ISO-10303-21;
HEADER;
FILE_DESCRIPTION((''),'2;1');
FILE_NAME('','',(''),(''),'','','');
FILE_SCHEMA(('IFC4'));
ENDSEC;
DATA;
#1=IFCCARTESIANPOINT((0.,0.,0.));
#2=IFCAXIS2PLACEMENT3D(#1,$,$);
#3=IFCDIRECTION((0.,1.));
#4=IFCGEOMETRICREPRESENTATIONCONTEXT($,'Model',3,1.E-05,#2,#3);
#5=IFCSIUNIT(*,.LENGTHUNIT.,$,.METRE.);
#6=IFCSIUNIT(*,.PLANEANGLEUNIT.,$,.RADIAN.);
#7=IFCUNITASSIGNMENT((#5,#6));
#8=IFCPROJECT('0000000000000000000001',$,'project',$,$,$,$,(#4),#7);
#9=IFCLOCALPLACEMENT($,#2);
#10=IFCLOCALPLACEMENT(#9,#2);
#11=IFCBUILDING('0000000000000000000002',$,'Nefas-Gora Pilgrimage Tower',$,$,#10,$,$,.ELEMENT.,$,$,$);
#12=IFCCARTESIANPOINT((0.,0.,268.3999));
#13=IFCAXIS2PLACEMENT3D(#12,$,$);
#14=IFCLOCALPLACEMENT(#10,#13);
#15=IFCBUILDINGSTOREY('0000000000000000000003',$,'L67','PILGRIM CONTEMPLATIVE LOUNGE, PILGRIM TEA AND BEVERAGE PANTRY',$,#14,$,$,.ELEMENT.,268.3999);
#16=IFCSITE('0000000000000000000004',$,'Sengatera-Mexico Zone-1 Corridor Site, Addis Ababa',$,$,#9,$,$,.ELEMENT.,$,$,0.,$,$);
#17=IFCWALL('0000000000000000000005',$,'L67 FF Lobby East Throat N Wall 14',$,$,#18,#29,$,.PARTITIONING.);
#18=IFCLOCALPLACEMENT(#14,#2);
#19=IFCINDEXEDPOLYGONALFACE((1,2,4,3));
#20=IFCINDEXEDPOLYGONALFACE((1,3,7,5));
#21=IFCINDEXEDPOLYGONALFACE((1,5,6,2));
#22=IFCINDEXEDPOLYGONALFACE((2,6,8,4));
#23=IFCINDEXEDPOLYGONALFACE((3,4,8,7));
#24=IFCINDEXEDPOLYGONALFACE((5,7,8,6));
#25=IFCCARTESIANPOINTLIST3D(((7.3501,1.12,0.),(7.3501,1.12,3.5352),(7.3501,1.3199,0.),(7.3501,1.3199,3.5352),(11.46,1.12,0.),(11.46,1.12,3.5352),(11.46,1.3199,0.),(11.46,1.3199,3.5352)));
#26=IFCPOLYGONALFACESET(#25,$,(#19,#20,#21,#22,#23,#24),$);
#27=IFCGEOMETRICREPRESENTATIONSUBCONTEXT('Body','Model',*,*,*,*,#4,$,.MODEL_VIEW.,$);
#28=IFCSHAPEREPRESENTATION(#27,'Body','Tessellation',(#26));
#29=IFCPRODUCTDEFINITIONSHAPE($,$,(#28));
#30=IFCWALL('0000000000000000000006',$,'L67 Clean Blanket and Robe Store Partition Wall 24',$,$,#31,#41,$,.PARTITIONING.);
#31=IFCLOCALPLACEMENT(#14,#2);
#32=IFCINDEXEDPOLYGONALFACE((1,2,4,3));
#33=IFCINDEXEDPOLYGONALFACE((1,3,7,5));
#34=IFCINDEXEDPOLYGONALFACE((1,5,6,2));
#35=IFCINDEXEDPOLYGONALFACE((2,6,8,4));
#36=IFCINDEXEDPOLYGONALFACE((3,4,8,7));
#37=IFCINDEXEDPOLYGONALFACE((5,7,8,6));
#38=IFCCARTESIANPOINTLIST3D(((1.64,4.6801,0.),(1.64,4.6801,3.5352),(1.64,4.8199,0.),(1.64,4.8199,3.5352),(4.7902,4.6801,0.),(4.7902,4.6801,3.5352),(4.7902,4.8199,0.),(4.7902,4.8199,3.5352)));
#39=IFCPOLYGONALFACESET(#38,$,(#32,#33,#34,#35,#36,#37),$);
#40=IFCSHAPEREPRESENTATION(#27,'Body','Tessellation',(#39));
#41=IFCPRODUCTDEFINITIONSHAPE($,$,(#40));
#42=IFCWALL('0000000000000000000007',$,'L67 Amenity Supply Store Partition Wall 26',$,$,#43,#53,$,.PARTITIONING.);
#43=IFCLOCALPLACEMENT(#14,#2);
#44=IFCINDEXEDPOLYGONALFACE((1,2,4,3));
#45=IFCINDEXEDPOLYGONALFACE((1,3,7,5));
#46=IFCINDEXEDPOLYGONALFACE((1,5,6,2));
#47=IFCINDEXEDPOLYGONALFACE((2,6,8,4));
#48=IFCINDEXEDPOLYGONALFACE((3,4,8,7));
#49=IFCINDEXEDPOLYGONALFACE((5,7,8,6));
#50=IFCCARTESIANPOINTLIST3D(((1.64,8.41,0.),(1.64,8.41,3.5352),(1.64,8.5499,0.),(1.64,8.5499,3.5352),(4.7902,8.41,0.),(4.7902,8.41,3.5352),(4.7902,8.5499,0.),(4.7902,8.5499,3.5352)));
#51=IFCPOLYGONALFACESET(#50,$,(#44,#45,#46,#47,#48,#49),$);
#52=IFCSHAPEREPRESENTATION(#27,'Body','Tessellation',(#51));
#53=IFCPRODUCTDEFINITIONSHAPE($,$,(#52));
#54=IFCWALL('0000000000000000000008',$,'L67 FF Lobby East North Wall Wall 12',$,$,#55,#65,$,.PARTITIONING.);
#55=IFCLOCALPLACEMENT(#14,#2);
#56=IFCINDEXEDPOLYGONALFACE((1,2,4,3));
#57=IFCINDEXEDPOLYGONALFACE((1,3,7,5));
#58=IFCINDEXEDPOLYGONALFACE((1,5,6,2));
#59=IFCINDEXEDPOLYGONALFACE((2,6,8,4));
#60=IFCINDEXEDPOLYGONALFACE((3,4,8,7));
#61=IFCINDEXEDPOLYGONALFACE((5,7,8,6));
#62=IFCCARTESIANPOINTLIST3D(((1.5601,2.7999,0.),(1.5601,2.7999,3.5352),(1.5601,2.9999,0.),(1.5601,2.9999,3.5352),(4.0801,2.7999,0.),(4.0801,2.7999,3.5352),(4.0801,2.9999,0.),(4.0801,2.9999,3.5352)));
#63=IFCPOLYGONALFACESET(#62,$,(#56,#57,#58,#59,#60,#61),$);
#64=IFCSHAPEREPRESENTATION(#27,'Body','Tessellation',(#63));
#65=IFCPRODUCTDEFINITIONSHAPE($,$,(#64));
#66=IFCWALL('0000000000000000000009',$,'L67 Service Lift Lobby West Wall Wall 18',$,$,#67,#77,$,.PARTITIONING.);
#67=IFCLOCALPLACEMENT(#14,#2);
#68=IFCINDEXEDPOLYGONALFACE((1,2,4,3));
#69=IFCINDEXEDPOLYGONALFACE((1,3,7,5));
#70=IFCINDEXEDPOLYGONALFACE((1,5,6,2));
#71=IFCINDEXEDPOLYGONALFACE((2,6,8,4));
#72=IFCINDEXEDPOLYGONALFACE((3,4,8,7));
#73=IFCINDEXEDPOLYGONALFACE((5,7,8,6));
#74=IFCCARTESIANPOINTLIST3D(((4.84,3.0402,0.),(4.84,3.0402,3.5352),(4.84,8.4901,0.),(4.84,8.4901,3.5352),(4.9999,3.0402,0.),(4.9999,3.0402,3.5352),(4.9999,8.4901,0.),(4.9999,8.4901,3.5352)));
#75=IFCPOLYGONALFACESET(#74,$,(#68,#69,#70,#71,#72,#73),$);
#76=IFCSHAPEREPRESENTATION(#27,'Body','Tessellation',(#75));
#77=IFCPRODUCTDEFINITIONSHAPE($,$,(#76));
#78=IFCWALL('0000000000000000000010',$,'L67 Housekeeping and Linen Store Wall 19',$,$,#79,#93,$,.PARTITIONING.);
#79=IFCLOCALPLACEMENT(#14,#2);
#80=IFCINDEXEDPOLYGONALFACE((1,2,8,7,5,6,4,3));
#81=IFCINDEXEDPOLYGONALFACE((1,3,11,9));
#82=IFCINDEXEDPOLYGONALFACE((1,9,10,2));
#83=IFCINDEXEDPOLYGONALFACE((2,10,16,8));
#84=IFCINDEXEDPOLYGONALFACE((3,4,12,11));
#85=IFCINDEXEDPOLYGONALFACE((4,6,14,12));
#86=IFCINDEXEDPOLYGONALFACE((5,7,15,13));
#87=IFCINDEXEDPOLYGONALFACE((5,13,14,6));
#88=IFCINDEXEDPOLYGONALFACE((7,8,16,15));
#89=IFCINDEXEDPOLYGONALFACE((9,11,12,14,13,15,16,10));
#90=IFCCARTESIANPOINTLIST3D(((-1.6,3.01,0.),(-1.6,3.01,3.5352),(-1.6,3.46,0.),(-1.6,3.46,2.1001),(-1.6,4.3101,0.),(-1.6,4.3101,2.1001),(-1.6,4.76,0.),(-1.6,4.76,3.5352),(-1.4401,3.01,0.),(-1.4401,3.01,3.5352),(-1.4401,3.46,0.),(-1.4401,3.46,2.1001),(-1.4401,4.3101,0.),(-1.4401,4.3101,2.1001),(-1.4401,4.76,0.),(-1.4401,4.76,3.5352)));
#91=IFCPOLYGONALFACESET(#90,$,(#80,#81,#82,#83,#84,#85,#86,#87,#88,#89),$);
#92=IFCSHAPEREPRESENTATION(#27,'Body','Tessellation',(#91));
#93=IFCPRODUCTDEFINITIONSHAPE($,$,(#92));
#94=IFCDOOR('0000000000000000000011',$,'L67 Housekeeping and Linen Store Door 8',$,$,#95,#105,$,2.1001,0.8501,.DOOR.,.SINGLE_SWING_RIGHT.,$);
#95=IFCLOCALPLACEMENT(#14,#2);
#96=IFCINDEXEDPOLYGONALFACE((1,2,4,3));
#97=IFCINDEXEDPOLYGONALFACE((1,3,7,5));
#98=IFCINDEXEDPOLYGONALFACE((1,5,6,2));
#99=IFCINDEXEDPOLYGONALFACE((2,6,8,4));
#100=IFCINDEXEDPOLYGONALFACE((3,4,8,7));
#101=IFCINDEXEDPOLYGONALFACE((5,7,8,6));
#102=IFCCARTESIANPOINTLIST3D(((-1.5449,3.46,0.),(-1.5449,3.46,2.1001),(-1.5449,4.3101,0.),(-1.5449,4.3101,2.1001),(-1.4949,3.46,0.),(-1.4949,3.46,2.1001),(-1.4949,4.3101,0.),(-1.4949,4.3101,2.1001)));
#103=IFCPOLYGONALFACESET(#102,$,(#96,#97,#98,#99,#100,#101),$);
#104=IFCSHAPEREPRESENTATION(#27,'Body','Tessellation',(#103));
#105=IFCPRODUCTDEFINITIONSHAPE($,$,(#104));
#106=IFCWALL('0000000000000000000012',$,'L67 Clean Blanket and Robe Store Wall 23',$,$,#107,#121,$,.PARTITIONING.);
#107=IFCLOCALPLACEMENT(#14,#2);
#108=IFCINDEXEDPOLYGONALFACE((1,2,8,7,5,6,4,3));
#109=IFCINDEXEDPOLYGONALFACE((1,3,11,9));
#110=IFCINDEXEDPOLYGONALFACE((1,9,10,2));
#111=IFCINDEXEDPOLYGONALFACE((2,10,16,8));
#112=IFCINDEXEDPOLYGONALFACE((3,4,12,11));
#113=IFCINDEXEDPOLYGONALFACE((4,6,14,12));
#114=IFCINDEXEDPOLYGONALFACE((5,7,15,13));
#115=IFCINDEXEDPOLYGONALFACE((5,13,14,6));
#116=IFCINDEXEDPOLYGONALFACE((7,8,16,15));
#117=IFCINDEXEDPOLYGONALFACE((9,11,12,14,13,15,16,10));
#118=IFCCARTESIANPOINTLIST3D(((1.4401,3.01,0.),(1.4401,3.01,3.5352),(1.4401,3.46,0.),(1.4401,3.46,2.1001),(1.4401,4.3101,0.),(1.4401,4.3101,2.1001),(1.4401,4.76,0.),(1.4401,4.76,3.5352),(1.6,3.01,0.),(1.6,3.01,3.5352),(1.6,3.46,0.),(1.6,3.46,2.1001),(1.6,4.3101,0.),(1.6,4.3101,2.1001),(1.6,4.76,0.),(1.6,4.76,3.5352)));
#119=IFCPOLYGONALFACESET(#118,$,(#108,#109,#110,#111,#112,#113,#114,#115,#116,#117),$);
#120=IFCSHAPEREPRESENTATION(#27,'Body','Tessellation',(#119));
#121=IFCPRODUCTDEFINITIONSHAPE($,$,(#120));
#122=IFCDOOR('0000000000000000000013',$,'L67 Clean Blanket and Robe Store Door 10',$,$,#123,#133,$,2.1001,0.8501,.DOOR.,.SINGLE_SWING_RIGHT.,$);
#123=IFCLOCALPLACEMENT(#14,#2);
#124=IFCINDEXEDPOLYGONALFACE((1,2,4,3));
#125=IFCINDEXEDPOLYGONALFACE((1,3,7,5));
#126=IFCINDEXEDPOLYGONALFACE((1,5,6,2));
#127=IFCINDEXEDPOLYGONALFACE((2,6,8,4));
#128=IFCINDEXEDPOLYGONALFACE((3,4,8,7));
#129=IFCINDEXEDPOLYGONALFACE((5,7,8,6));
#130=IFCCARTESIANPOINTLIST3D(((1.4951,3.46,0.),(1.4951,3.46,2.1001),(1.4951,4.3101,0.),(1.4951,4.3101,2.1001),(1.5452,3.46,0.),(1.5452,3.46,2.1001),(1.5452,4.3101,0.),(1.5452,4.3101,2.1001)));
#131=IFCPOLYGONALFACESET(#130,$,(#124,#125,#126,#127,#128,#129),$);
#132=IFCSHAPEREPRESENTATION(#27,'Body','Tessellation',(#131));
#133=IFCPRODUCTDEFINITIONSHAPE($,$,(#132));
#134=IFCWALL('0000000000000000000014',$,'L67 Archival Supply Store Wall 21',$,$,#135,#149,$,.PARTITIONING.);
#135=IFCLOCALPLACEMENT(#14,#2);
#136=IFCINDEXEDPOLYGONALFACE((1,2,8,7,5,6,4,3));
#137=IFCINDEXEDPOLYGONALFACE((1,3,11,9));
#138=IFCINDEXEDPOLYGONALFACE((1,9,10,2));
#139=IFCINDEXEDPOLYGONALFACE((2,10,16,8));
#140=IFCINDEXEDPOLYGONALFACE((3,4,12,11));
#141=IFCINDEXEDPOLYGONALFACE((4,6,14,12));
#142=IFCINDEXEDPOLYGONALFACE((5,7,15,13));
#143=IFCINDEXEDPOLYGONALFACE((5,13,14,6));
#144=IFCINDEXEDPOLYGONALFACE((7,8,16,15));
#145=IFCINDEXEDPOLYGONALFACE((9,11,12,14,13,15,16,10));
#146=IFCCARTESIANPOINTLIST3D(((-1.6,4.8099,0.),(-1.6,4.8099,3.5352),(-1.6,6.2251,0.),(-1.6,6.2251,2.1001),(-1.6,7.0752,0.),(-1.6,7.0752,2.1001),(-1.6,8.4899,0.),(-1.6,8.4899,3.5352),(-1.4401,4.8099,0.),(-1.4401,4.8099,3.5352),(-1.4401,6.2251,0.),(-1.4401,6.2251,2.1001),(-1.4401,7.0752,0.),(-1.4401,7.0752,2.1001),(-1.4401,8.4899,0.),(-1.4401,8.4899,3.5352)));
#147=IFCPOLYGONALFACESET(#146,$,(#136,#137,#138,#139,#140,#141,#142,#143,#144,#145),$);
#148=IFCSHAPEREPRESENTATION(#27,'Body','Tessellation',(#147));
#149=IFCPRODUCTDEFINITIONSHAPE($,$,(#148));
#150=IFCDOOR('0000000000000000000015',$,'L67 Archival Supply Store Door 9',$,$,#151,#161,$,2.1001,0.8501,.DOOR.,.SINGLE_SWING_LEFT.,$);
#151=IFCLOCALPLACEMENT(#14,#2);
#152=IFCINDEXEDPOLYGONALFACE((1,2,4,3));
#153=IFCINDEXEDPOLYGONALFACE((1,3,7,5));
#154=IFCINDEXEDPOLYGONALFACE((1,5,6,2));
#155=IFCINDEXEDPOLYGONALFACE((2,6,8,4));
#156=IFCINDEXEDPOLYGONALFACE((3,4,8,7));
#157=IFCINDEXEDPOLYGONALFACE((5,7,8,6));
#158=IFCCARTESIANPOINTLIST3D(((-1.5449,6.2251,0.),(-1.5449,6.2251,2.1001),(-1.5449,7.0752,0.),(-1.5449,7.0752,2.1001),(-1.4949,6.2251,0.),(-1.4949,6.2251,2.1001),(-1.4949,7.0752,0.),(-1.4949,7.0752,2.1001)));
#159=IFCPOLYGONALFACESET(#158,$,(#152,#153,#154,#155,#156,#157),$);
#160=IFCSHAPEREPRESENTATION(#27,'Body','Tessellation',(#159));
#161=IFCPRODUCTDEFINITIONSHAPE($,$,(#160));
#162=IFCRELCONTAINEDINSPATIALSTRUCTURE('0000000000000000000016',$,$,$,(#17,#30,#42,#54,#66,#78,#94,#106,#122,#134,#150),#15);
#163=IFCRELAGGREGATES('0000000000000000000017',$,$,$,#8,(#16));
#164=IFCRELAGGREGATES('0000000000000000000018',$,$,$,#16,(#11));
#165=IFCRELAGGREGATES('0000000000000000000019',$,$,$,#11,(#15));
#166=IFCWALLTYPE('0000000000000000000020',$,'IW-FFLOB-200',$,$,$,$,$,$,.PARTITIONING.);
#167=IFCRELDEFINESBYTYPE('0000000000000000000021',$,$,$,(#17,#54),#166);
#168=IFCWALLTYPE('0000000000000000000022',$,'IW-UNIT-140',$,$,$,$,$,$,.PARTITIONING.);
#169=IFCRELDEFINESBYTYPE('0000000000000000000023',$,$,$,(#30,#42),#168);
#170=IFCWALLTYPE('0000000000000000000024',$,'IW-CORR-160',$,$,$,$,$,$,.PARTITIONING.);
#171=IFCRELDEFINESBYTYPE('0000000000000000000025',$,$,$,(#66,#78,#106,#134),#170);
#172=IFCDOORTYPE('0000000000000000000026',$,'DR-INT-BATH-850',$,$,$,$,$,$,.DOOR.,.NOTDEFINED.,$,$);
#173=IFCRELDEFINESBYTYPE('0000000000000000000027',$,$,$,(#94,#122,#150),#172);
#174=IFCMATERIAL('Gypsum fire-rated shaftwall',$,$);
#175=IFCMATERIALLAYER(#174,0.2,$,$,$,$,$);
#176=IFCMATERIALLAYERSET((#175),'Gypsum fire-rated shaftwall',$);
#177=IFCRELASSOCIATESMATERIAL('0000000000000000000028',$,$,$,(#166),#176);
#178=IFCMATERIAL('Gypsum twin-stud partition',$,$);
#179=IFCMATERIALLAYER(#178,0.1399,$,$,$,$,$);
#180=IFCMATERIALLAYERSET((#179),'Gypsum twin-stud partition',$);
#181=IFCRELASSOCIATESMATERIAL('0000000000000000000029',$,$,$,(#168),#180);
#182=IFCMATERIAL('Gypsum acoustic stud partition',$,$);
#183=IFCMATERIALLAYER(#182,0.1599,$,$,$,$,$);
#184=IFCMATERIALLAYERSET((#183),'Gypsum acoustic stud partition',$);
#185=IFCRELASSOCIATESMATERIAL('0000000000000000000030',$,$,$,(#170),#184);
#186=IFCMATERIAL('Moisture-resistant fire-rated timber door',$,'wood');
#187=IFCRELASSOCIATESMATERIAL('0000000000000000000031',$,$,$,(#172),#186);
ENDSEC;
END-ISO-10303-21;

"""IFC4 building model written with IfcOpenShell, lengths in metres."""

from ifc_helpers import new_model, si_unit, direction, frame, frame_2d, origin, place, context, subcontext, project, spatial, rectangle, extrude, source, transform, mapped, material, layer, layer_set, type_object, element, fill, save


model = new_model("IFC4")

# Units and contexts
model_context = context("Model", 3, precision=1e-05, world=origin(), true_north=direction((0.0, 1.0)))
body_context = subcontext(model_context, "Body", "Model", "MODEL_VIEW")
ifc_project = project(units=[si_unit("LENGTHUNIT", "METRE"), si_unit("PLANEANGLEUNIT", "RADIAN")], contexts=[model_context])

# Site, building, storey
site_placement = place(None, origin())
site = spatial("IfcSite", under=ifc_project, at=site_placement, Name="Sengatera-Mexico Zone-1 Corridor Site, Addis Ababa", CompositionType="ELEMENT", RefElevation=0.0)
building_placement = place(site_placement, origin())
building = spatial("IfcBuilding", under=site, at=building_placement, Name="Nefas-Gora Pilgrimage Tower", CompositionType="ELEMENT")
storey_placement = place(building_placement, frame((0.0, 0.0, 268.3999)))
storey = spatial("IfcBuildingStorey", under=building, at=storey_placement, Name="L67", Description="PILGRIM CONTEMPLATIVE LOUNGE, PILGRIM TEA AND BEVERAGE PANTRY", CompositionType="ELEMENT", Elevation=268.3999)

# Shared definitions
ifc_material_1 = material(Name="Gypsum fire-rated shaftwall")
ifc_layer_1 = layer(ifc_material_1, 0.2)
ifc_layer_set_1 = layer_set([ifc_layer_1], Name="Gypsum fire-rated shaftwall")
wall_type_1 = type_object("IfcWallType", Name="IW-FFLOB-200", PredefinedType="PARTITIONING", material=ifc_layer_set_1)

# Walls
shared_shape_1 = source(origin(), body_context, "Body", "SweptSolid", [
    extrude(rectangle(XDim=4.1099, YDim=0.2, at=frame_2d((2.0549, 0.0))), origin(), (0.0, 0.0, 1.0), 3.5352),
])
wall_1_placement = place(storey_placement, frame((7.3501, 1.22, 0.0), z_axis=(0.0, 0.0, 1.0), x_axis=(1.0, 0.0, 0.0)))
element("IfcWall", 1, at=wall_1_placement, inside=storey, type_object=wall_type_1, Name="L67 FF Lobby East Throat N Wall 14", PredefinedType="PARTITIONING", context=body_context, shape_type="MappedRepresentation", body=[
    mapped(shared_shape_1, transform((0.0, 0.0, 0.0), x_axis=(1.0, 0.0, 0.0), y_axis=(0.0, 1.0, 0.0), z_axis=(0.0, 0.0, 1.0), scale=1.0)),
])
ifc_material_2 = material(Name="Gypsum twin-stud partition")
ifc_layer_2 = layer(ifc_material_2, 0.1399)
ifc_layer_set_2 = layer_set([ifc_layer_2], Name="Gypsum twin-stud partition")
wall_type_2 = type_object("IfcWallType", Name="IW-UNIT-140", PredefinedType="PARTITIONING", material=ifc_layer_set_2)
shared_shape_2 = source(origin(), body_context, "Body", "SweptSolid", [
    extrude(rectangle(XDim=3.1501, YDim=0.1399, at=frame_2d((1.5752, 0.0))), origin(), (0.0, 0.0, 1.0), 3.5352),
])
for number, where, z_axis, x_axis, name in (
    (2, (1.6399, 4.75, 0.0), (0.0, 0.0, 1.0), (1.0, 0.0, 0.0), "L67 Clean Blanket and Robe Store Partition Wall 24"),
    (3, (1.6399, 8.48, 0.0), (0.0, 0.0, 1.0), (1.0, 0.0, 0.0), "L67 Amenity Supply Store Partition Wall 26"),
):
    element("IfcWall", number, at=place(storey_placement, frame(where, z_axis=z_axis, x_axis=x_axis)), inside=storey, type_object=wall_type_2, Name=name, PredefinedType="PARTITIONING", context=body_context, shape_type="MappedRepresentation", body=[
        mapped(shared_shape_2, transform((0.0, 0.0, 0.0), x_axis=(1.0, 0.0, 0.0), y_axis=(0.0, 1.0, 0.0), z_axis=(0.0, 0.0, 1.0), scale=1.0)),
    ])
shared_shape_3 = source(origin(), body_context, "Body", "SweptSolid", [
    extrude(rectangle(XDim=2.52, YDim=0.2, at=frame_2d((1.26, 0.0))), origin(), (0.0, 0.0, 1.0), 3.5352),
])
wall_2_placement = place(storey_placement, frame((1.5601, 2.8999, 0.0), z_axis=(0.0, 0.0, 1.0), x_axis=(1.0, 0.0, 0.0)))
element("IfcWall", 4, at=wall_2_placement, inside=storey, type_object=wall_type_1, Name="L67 FF Lobby East North Wall Wall 12", PredefinedType="PARTITIONING", context=body_context, shape_type="MappedRepresentation", body=[
    mapped(shared_shape_3, transform((0.0, 0.0, 0.0), x_axis=(1.0, 0.0, 0.0), y_axis=(0.0, 1.0, 0.0), z_axis=(0.0, 0.0, 1.0), scale=1.0)),
])
ifc_material_3 = material(Name="Gypsum acoustic stud partition")
ifc_layer_3 = layer(ifc_material_3, 0.1599)
ifc_layer_set_3 = layer_set([ifc_layer_3], Name="Gypsum acoustic stud partition")
wall_type_3 = type_object("IfcWallType", Name="IW-CORR-160", PredefinedType="PARTITIONING", material=ifc_layer_set_3)
shared_shape_4 = source(origin(), body_context, "Body", "SweptSolid", [
    extrude(rectangle(XDim=5.45, YDim=0.1599, at=frame_2d((2.7251, 0.0))), origin(), (0.0, 0.0, 1.0), 3.5352),
])
wall_3_placement = place(storey_placement, frame((4.9199, 3.04, 0.0), z_axis=(0.0, 0.0, 1.0), x_axis=(0.0, 1.0, 0.0)))
element("IfcWall", 5, at=wall_3_placement, inside=storey, type_object=wall_type_3, Name="L67 Service Lift Lobby West Wall Wall 18", PredefinedType="PARTITIONING", context=body_context, shape_type="MappedRepresentation", body=[
    mapped(shared_shape_4, transform((0.0, 0.0, 0.0), x_axis=(1.0, 0.0, 0.0), y_axis=(0.0, 1.0, 0.0), z_axis=(0.0, 0.0, 1.0), scale=1.0)),
])

# Walls, openings, doors
shared_shape_5 = source(origin(), body_context, "Body", "SweptSolid", [
    extrude(rectangle(XDim=1.75, YDim=0.1599, at=frame_2d((0.875, 0.0))), origin(), (0.0, 0.0, 1.0), 3.5352),
])
wall_4_placement = place(storey_placement, frame((-1.52, 3.01, 0.0), z_axis=(0.0, 0.0, 1.0), x_axis=(0.0, 1.0, 0.0)))
wall_4 = element("IfcWall", 6, at=wall_4_placement, inside=storey, type_object=wall_type_3, Name="L67 Housekeeping and Linen Store Wall 19", PredefinedType="PARTITIONING", context=body_context, shape_type="MappedRepresentation", body=[
    mapped(shared_shape_5, transform((0.0, 0.0, 0.0), x_axis=(1.0, 0.0, 0.0), y_axis=(0.0, 1.0, 0.0), z_axis=(0.0, 0.0, 1.0), scale=1.0)),
])
opening_1_placement = place(wall_4_placement, frame((0.45, 0.0, 0.0)))
opening_1 = element("IfcOpeningElement", 7, at=opening_1_placement, cuts=wall_4, PredefinedType="OPENING", context=body_context, shape_type="SweptSolid", body=[
    extrude(rectangle(XDim=0.8501, YDim=2.1001, at=frame_2d((0.425, 1.05))), frame((0.0, 0.0898, 0.0), z_axis=(0.0, -1.0, 0.0), x_axis=(1.0, 0.0, 0.0)), (0.0, 0.0, 1.0), 0.1799),
])
ifc_material_4 = material(Name="Moisture-resistant fire-rated timber door", Category="wood")
door_type_1 = type_object("IfcDoorType", Name="DR-INT-BATH-850", OperationType="NOTDEFINED", PredefinedType="DOOR", material=ifc_material_4)
shared_shape_6 = source(origin(), body_context, "Body", "SweptSolid", [
    extrude(rectangle(XDim=0.8501, YDim=2.1001, at=frame_2d((0.425, 1.05))), frame((0.0, 0.0249, 0.0), z_axis=(0.0, -1.0, 0.0), x_axis=(1.0, 0.0, 0.0)), (0.0, 0.0, 1.0), 0.05),
])
door_1_placement = place(opening_1_placement, origin())
door_1 = element("IfcDoor", 8, at=door_1_placement, inside=storey, type_object=door_type_1, Name="L67 Housekeeping and Linen Store Door 8", OperationType="SINGLE_SWING_RIGHT", OverallHeight=2.1001, OverallWidth=0.8501, PredefinedType="DOOR", context=body_context, shape_type="MappedRepresentation", body=[
    mapped(shared_shape_6, transform((0.0, 0.0, 0.0), x_axis=(1.0, 0.0, 0.0), y_axis=(0.0, 1.0, 0.0), z_axis=(0.0, 0.0, 1.0), scale=1.0)),
])
fill(opening_1, door_1)
wall_5_placement = place(storey_placement, frame((1.52, 3.01, 0.0), z_axis=(0.0, 0.0, 1.0), x_axis=(0.0, 1.0, 0.0)))
wall_5 = element("IfcWall", 9, at=wall_5_placement, inside=storey, type_object=wall_type_3, Name="L67 Clean Blanket and Robe Store Wall 23", PredefinedType="PARTITIONING", context=body_context, shape_type="MappedRepresentation", body=[
    mapped(shared_shape_5, transform((0.0, 0.0, 0.0), x_axis=(1.0, 0.0, 0.0), y_axis=(0.0, 1.0, 0.0), z_axis=(0.0, 0.0, 1.0), scale=1.0)),
])
opening_2_placement = place(wall_5_placement, frame((0.45, 0.0, 0.0)))
opening_2 = element("IfcOpeningElement", 10, at=opening_2_placement, cuts=wall_5, PredefinedType="OPENING", context=body_context, shape_type="SweptSolid", body=[
    extrude(rectangle(XDim=0.8501, YDim=2.1001, at=frame_2d((0.425, 1.05))), frame((0.0, 0.0898, 0.0), z_axis=(0.0, -1.0, 0.0), x_axis=(1.0, 0.0, 0.0)), (0.0, 0.0, 1.0), 0.1799),
])
door_2_placement = place(opening_2_placement, origin())
door_2 = element("IfcDoor", 11, at=door_2_placement, inside=storey, type_object=door_type_1, Name="L67 Clean Blanket and Robe Store Door 10", OperationType="SINGLE_SWING_RIGHT", OverallHeight=2.1001, OverallWidth=0.8501, PredefinedType="DOOR", context=body_context, shape_type="MappedRepresentation", body=[
    mapped(shared_shape_6, transform((0.0, 0.0, 0.0), x_axis=(1.0, 0.0, 0.0), y_axis=(0.0, 1.0, 0.0), z_axis=(0.0, 0.0, 1.0), scale=1.0)),
])
fill(opening_2, door_2)
shared_shape_7 = source(origin(), body_context, "Body", "SweptSolid", [
    extrude(rectangle(XDim=3.6799, YDim=0.1599, at=frame_2d((1.8398, 0.0))), origin(), (0.0, 0.0, 1.0), 3.5352),
])
wall_6_placement = place(storey_placement, frame((-1.52, 4.8101, 0.0), z_axis=(0.0, 0.0, 1.0), x_axis=(0.0, 1.0, 0.0)))
wall_6 = element("IfcWall", 12, at=wall_6_placement, inside=storey, type_object=wall_type_3, Name="L67 Archival Supply Store Wall 21", PredefinedType="PARTITIONING", context=body_context, shape_type="MappedRepresentation", body=[
    mapped(shared_shape_7, transform((0.0, 0.0, 0.0), x_axis=(1.0, 0.0, 0.0), y_axis=(0.0, 1.0, 0.0), z_axis=(0.0, 0.0, 1.0), scale=1.0)),
])
opening_3_placement = place(wall_6_placement, frame((1.415, 0.0, 0.0)))
opening_3 = element("IfcOpeningElement", 13, at=opening_3_placement, cuts=wall_6, PredefinedType="OPENING", context=body_context, shape_type="SweptSolid", body=[
    extrude(rectangle(XDim=0.8501, YDim=2.1001, at=frame_2d((0.425, 1.05))), frame((0.0, 0.0898, 0.0), z_axis=(0.0, -1.0, 0.0), x_axis=(1.0, 0.0, 0.0)), (0.0, 0.0, 1.0), 0.1799),
])
door_3_placement = place(opening_3_placement, origin())
door_3 = element("IfcDoor", 14, at=door_3_placement, inside=storey, type_object=door_type_1, Name="L67 Archival Supply Store Door 9", OperationType="SINGLE_SWING_LEFT", OverallHeight=2.1001, OverallWidth=0.8501, PredefinedType="DOOR", context=body_context, shape_type="MappedRepresentation", body=[
    mapped(shared_shape_6, transform((0.0, 0.0, 0.0), x_axis=(1.0, 0.0, 0.0), y_axis=(0.0, 1.0, 0.0), z_axis=(0.0, 0.0, 1.0), scale=1.0)),
])
fill(opening_3, door_3)

save(model, "model.ifc")
